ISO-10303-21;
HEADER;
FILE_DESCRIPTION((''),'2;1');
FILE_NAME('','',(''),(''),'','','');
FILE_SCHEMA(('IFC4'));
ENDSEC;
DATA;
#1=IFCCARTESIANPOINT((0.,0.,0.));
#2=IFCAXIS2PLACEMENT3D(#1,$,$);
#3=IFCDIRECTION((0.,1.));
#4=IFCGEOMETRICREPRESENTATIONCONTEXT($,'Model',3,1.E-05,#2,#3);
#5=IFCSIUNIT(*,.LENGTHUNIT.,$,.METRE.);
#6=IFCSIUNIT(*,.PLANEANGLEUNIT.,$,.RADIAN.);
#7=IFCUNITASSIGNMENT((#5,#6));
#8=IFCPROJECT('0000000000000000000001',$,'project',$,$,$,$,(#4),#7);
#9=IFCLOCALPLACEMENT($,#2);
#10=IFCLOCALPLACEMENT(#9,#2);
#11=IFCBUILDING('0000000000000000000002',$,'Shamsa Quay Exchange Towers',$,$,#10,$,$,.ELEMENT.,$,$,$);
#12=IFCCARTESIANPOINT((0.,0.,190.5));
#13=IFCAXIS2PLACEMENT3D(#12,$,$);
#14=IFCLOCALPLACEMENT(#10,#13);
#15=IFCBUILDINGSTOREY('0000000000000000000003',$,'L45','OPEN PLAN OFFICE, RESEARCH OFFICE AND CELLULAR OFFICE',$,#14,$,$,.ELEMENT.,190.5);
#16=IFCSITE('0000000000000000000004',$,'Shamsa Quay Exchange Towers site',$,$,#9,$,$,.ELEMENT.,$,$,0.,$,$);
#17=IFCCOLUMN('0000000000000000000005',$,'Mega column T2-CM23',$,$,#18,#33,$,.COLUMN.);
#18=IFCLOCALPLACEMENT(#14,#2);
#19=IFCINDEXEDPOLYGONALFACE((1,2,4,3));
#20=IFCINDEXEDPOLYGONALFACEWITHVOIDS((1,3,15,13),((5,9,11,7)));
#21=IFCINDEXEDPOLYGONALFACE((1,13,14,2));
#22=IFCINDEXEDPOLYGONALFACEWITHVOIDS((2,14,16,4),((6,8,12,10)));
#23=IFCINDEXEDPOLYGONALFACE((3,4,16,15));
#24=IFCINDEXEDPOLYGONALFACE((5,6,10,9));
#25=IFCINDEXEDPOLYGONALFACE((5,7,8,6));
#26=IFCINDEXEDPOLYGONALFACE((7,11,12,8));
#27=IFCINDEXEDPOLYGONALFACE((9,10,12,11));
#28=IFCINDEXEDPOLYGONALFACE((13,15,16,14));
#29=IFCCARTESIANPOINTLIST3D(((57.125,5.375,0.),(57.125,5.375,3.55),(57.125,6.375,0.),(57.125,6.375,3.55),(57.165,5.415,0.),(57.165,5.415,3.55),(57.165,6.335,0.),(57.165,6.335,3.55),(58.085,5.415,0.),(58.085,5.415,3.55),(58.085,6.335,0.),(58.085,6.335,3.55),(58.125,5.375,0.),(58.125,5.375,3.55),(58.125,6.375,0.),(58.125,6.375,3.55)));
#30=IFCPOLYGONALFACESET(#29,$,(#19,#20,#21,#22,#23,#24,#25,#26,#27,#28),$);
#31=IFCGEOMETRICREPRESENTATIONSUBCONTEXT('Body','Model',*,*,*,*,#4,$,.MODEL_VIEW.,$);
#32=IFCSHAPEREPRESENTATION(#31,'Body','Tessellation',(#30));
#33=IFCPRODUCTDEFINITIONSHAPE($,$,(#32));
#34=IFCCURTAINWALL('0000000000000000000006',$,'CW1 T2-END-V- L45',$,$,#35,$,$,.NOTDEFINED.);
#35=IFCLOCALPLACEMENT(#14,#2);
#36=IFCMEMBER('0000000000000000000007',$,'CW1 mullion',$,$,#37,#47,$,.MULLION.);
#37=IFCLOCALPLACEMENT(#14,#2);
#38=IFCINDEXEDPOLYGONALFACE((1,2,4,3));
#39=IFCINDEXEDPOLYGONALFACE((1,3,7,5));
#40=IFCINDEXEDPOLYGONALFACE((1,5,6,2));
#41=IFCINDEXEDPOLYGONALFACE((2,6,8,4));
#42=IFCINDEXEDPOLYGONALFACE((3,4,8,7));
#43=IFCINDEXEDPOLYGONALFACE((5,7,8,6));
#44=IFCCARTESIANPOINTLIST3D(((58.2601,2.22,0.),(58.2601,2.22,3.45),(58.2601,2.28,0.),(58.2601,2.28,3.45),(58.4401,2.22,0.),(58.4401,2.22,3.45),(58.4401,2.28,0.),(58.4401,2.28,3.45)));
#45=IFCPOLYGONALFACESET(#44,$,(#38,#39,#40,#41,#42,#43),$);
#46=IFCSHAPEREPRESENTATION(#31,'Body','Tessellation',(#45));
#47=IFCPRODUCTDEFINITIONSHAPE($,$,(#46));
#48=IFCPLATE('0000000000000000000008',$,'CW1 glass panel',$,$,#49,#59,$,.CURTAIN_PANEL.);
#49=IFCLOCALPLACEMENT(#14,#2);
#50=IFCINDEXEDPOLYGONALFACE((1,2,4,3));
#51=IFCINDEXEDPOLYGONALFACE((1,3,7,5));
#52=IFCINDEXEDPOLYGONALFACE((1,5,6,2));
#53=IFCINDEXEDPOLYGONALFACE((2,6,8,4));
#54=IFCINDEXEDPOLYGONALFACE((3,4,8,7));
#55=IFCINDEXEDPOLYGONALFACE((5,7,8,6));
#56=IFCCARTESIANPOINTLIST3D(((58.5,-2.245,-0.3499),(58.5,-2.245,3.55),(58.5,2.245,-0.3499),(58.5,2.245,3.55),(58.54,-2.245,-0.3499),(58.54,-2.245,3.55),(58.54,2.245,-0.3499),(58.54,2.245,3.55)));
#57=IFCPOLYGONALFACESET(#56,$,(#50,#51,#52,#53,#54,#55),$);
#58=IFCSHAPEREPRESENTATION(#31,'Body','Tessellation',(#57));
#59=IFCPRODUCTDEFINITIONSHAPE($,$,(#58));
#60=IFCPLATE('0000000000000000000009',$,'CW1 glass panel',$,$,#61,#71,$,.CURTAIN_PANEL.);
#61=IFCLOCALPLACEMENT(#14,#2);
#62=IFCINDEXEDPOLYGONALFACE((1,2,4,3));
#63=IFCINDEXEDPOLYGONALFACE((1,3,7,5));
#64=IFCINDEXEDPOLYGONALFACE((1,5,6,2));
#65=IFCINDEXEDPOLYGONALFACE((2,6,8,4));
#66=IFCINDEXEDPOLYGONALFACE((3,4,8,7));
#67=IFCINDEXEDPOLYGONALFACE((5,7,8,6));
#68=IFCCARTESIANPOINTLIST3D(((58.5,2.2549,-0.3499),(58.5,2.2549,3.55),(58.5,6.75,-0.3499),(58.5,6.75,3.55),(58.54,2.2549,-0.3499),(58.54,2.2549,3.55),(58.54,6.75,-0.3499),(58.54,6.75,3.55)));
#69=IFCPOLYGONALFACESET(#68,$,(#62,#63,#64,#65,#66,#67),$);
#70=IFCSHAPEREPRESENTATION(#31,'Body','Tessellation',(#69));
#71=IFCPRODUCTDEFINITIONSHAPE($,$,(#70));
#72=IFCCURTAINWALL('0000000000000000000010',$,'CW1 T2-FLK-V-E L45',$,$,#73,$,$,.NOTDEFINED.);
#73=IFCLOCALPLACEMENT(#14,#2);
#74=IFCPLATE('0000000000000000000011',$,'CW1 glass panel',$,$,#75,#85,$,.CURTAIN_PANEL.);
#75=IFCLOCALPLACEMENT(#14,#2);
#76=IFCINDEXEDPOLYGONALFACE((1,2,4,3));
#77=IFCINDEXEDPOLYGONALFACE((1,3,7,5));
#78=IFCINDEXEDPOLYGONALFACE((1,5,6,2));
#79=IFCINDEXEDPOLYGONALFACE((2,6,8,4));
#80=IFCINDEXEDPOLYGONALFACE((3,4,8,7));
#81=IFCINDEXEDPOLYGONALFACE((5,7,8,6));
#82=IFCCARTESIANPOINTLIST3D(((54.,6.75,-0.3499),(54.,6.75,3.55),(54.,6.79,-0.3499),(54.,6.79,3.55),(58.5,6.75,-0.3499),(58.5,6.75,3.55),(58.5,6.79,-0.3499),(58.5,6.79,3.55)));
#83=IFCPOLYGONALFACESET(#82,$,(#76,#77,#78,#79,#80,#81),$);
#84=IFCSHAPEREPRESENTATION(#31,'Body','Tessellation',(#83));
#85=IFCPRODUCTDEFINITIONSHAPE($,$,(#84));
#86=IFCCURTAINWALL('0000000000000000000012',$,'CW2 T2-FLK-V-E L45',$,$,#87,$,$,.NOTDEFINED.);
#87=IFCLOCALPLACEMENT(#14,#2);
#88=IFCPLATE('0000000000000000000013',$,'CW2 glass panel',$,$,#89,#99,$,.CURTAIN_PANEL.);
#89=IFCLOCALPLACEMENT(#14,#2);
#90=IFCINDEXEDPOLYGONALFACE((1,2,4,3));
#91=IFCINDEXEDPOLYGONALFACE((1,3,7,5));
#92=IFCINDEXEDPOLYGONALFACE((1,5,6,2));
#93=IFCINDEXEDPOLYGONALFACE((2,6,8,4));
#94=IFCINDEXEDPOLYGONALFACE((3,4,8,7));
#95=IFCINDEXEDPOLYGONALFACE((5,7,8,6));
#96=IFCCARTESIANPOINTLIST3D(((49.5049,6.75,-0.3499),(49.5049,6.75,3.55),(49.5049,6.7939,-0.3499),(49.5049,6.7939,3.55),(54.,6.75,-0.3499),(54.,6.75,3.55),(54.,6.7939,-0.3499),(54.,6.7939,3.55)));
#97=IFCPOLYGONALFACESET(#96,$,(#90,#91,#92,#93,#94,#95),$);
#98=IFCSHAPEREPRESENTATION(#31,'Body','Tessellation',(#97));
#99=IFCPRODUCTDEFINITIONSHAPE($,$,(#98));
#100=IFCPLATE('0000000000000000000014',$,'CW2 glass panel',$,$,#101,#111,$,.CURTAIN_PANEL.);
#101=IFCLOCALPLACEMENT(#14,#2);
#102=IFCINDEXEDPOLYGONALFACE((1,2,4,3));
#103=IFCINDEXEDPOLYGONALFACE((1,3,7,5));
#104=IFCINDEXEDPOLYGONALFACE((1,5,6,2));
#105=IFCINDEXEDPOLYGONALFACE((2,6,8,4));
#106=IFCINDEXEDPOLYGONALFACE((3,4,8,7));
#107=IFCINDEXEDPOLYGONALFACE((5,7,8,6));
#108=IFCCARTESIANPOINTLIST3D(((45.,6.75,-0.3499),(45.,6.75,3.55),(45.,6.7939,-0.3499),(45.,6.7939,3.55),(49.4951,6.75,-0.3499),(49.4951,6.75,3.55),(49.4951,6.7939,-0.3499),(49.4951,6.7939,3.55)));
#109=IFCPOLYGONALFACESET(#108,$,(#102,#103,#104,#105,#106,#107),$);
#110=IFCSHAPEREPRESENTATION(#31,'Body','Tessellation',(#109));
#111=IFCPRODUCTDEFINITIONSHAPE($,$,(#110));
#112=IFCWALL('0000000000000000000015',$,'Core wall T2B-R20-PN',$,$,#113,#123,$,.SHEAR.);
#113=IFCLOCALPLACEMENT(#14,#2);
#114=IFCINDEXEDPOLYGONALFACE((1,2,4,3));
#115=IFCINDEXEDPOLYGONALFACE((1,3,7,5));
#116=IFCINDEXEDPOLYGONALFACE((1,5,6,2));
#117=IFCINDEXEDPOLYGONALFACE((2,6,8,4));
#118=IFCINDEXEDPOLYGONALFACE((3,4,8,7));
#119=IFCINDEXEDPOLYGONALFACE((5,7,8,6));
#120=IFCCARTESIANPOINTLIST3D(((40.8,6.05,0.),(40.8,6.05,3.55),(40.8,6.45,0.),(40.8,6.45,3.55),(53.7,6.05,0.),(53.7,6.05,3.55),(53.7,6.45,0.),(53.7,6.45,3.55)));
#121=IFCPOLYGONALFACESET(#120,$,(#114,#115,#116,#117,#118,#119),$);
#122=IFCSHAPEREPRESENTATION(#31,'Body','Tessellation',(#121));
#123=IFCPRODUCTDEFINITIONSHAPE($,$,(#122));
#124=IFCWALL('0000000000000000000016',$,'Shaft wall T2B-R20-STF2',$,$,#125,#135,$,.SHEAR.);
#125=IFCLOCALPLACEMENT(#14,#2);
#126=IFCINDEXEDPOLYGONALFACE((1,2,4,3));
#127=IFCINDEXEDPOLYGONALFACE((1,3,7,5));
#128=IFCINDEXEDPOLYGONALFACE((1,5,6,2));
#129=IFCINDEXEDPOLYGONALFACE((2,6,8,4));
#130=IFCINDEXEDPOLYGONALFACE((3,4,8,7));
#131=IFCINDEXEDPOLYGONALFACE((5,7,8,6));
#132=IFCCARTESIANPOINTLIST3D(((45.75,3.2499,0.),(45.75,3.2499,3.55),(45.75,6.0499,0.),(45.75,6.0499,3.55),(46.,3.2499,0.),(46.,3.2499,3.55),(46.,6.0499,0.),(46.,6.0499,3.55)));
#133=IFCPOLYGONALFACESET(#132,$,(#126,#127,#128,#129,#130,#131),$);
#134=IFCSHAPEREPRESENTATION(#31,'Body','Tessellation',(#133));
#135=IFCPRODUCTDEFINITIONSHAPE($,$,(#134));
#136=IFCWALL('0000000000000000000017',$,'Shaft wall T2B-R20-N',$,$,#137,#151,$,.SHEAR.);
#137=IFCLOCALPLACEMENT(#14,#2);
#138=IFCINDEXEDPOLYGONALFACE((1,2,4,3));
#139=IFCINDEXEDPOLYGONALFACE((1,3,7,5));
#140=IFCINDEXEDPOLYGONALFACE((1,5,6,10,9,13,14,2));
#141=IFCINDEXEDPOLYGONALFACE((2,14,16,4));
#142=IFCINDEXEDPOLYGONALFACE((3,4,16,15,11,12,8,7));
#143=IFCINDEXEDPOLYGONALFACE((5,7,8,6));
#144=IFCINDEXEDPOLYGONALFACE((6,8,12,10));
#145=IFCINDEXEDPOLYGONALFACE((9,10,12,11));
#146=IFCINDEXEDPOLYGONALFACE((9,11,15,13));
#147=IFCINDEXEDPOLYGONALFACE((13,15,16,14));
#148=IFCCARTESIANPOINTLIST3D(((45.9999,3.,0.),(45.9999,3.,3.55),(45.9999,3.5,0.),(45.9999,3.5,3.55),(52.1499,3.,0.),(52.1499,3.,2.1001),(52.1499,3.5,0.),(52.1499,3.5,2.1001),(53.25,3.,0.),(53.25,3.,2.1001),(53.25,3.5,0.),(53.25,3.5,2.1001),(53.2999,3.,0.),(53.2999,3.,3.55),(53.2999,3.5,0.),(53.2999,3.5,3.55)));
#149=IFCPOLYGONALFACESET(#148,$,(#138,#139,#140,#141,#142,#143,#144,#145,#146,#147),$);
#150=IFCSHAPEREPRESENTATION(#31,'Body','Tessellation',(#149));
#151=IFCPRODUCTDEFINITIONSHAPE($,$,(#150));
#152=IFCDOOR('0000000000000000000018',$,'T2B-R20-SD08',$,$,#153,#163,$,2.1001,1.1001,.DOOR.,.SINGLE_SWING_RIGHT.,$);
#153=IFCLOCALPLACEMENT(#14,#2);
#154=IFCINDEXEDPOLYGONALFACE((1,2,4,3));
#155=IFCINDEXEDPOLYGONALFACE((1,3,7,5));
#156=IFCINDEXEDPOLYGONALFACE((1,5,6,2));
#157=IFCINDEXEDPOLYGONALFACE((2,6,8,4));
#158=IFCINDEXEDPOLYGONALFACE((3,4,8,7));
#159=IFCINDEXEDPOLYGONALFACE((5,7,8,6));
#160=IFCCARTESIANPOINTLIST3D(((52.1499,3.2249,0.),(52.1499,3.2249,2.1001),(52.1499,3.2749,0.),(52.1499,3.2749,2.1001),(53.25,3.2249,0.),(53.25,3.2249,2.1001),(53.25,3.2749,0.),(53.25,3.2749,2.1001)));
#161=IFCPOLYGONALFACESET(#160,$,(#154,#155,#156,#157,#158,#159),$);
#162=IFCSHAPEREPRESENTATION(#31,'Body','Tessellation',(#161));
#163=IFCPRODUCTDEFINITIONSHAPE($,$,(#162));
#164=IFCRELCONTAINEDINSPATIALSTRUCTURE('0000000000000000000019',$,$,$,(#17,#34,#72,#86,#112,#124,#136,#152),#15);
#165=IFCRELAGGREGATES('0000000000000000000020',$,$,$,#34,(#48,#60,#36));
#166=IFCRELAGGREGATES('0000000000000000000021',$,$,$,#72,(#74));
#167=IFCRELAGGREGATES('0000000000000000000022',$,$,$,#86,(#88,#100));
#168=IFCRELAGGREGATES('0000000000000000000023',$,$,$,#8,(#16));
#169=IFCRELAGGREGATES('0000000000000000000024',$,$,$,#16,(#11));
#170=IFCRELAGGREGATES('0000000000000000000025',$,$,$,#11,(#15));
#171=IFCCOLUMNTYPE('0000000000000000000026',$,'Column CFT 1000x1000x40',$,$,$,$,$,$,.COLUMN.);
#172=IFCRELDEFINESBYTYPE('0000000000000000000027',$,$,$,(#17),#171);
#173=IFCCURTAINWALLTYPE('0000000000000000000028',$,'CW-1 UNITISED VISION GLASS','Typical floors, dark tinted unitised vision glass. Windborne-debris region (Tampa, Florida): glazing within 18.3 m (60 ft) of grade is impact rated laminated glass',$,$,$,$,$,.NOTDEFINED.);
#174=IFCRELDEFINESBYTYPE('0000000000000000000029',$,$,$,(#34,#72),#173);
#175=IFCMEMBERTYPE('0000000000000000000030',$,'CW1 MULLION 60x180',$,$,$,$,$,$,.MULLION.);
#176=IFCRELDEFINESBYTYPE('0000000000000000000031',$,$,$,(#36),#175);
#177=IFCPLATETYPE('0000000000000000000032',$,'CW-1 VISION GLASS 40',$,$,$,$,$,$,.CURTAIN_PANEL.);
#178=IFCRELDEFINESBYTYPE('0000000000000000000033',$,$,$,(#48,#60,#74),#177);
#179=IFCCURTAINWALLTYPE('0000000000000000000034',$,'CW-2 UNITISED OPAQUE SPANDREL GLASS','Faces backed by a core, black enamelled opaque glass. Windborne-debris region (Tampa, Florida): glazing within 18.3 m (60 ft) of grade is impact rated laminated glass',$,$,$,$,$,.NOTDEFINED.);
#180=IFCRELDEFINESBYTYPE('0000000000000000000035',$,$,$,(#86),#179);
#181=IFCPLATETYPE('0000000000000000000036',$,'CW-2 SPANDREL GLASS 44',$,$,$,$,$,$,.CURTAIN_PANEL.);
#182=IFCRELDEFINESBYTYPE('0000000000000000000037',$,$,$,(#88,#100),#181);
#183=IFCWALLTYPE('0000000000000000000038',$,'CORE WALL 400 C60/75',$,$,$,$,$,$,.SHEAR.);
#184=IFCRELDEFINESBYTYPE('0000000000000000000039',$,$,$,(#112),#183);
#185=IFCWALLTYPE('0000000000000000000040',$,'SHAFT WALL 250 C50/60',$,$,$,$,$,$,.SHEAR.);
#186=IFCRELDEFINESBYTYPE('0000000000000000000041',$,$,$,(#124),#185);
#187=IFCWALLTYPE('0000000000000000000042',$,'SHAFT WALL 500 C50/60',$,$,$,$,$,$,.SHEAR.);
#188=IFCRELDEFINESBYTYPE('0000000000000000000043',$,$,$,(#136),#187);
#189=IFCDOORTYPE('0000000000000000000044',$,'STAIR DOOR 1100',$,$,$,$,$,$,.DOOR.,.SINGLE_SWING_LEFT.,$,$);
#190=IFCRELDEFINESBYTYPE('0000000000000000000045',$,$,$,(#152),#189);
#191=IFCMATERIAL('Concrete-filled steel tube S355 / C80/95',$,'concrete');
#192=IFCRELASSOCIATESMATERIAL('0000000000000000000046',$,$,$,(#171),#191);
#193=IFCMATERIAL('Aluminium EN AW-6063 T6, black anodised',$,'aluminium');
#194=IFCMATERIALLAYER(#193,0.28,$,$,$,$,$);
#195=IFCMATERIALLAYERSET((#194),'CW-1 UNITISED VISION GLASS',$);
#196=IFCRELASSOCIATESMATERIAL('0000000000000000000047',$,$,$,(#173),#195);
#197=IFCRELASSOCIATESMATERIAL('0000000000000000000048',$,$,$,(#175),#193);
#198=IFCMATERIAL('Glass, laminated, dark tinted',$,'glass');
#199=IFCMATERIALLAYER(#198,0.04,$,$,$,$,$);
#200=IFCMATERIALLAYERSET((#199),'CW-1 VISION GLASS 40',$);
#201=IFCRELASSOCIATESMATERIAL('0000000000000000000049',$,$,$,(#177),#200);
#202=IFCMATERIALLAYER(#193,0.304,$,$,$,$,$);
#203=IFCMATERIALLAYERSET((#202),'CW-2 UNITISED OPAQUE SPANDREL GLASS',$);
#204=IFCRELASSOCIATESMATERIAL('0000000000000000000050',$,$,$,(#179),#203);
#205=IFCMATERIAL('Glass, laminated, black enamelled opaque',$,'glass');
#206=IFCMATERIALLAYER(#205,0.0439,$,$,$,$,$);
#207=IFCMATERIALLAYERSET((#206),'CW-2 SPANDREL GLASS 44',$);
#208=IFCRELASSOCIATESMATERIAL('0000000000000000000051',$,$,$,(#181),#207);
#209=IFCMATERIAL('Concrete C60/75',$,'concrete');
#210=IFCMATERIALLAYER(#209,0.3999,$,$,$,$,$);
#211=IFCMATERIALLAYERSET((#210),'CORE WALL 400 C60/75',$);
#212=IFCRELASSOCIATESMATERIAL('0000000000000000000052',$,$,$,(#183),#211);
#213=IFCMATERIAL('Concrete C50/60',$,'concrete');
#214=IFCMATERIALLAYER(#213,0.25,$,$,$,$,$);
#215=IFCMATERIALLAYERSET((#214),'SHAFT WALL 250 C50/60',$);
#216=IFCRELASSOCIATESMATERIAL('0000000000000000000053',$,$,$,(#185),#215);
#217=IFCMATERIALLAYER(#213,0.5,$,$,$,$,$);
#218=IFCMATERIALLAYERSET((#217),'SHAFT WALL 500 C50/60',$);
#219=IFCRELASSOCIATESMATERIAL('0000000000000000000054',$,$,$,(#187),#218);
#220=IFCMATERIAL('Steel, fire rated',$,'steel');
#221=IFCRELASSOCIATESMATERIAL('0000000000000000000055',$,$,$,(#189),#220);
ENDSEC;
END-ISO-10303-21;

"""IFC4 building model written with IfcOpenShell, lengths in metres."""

from ifc_helpers import new_model, si_unit, direction, frame, frame_2d, origin, origin_2d, place, context, subcontext, project, spatial, rectangle, hollow_rectangle, extrude, material, layer, layer_set, material_profile, profile_set, type_object, element, fill, aggregate, save


model = new_model("IFC4")

# Units and contexts
model_context = context("Model", 3, precision=1e-05, world=origin(), true_north=direction((0.0, 1.0)))
body_context = subcontext(model_context, "Body", "Model", "MODEL_VIEW")
ifc_project = project(units=[si_unit("LENGTHUNIT", "METRE"), si_unit("PLANEANGLEUNIT", "RADIAN")], contexts=[model_context])

# Site, building, storey
site_placement = place(None, origin())
site = spatial("IfcSite", under=ifc_project, at=site_placement, Name="Shamsa Quay Exchange Towers site", CompositionType="ELEMENT", RefElevation=0.0)
building_placement = place(site_placement, origin())
building = spatial("IfcBuilding", under=site, at=building_placement, Name="Shamsa Quay Exchange Towers", CompositionType="ELEMENT")
storey_placement = place(building_placement, frame((0.0, 0.0, 190.5)))
storey = spatial("IfcBuildingStorey", under=building, at=storey_placement, Name="L45", Description="OPEN PLAN OFFICE, RESEARCH OFFICE AND CELLULAR OFFICE", CompositionType="ELEMENT", Elevation=190.5)

# Column
ifc_material_1 = material(Name="Concrete-filled steel tube S355 / C80/95", Category="concrete")
ifc_material_profile_1 = material_profile(ifc_material_1, hollow_rectangle(XDim=1.0, YDim=1.0, WallThickness=0.04, at=origin_2d()), Name="CFT 1000x1000x40")
ifc_profile_set_1 = profile_set([ifc_material_profile_1], Name="Concrete-filled steel tube S355 / C80/95")
column_type = type_object("IfcColumnType", Name="Column CFT 1000x1000x40", PredefinedType="COLUMN", material=ifc_profile_set_1)
column_placement = place(storey_placement, frame((57.625, 5.875, 0.0)))
element("IfcColumn", 1, at=column_placement, inside=storey, type_object=column_type, Name="Mega column T2-CM23", PredefinedType="COLUMN", context=body_context, shape_type="SweptSolid", body=[
    extrude(hollow_rectangle(XDim=1.0, YDim=1.0, WallThickness=0.04, at=origin_2d()), origin(), (0.0, 0.0, 1.0), 3.55),
])

# Curtain wall, member, plates
ifc_material_2 = material(Name="Aluminium EN AW-6063 T6, black anodised", Category="aluminium")
ifc_layer_1 = layer(ifc_material_2, 0.28)
ifc_layer_set_1 = layer_set([ifc_layer_1], Name="CW-1 UNITISED VISION GLASS")
curtain_wall_type_1 = type_object("IfcCurtainWallType", Name="CW-1 UNITISED VISION GLASS", Description="Typical floors, dark tinted unitised vision glass. Windborne-debris region (Tampa, Florida): glazing within 18.3 m (60 ft) of grade is impact rated laminated glass", PredefinedType="NOTDEFINED", material=ifc_layer_set_1)
curtain_wall_1_placement = place(storey_placement, origin())
curtain_wall_1 = element("IfcCurtainWall", 2, at=curtain_wall_1_placement, inside=storey, type_object=curtain_wall_type_1, Name="CW1 T2-END-V- L45", PredefinedType="NOTDEFINED")
ifc_material_profile_2 = material_profile(ifc_material_2, rectangle(XDim=0.1799, YDim=0.0601, at=origin_2d()), Name="MU60x180")
ifc_profile_set_2 = profile_set([ifc_material_profile_2], Name="Aluminium EN AW-6063 T6, black anodised")
member_type = type_object("IfcMemberType", Name="CW1 MULLION 60x180", PredefinedType="MULLION", material=ifc_profile_set_2)
member_placement = place(storey_placement, frame((58.3501, 2.25, 0.0), z_axis=(0.0, 0.0, 1.0), x_axis=(-1.0, 0.0, 0.0)))
member = element("IfcMember", 3, at=member_placement, type_object=member_type, Name="CW1 mullion", PredefinedType="MULLION", context=body_context, shape_type="SweptSolid", body=[
    extrude(rectangle(XDim=0.1799, YDim=0.0601, at=origin_2d()), origin(), (0.0, 0.0, 1.0), 3.45),
])
ifc_material_3 = material(Name="Glass, laminated, dark tinted", Category="glass")
ifc_layer_2 = layer(ifc_material_3, 0.04)
ifc_layer_set_2 = layer_set([ifc_layer_2], Name="CW-1 VISION GLASS 40")
plate_type_1 = type_object("IfcPlateType", Name="CW-1 VISION GLASS 40", PredefinedType="CURTAIN_PANEL", material=ifc_layer_set_2)
plate_1_placement = place(storey_placement, frame((58.52, 0.0, -0.3499), z_axis=(0.0, 0.0, 1.0), x_axis=(0.0, 1.0, 0.0)))
plate_1 = element("IfcPlate", 4, at=plate_1_placement, type_object=plate_type_1, Name="CW1 glass panel", PredefinedType="CURTAIN_PANEL", context=body_context, shape_type="SweptSolid", body=[
    extrude(rectangle(XDim=4.49, YDim=0.04, at=origin_2d()), origin(), (0.0, 0.0, 1.0), 3.8999),
])
plate_2_placement = place(storey_placement, frame((58.52, 4.5024, -0.3499), z_axis=(0.0, 0.0, 1.0), x_axis=(0.0, 1.0, 0.0)))
plate_2 = element("IfcPlate", 5, at=plate_2_placement, type_object=plate_type_1, Name="CW1 glass panel", PredefinedType="CURTAIN_PANEL", context=body_context, shape_type="SweptSolid", body=[
    extrude(rectangle(XDim=4.4951, YDim=0.04, at=origin_2d()), origin(), (0.0, 0.0, 1.0), 3.8999),
])
aggregate(curtain_wall_1, [plate_1, plate_2, member])

# Curtain wall, plate
curtain_wall_2_placement = place(storey_placement, origin())
curtain_wall_2 = element("IfcCurtainWall", 6, at=curtain_wall_2_placement, inside=storey, type_object=curtain_wall_type_1, Name="CW1 T2-FLK-V-E L45", PredefinedType="NOTDEFINED")
plate_3_placement = place(storey_placement, frame((56.25, 6.77, -0.3499), z_axis=(0.0, 0.0, 1.0), x_axis=(-1.0, 0.0, 0.0)))
plate_3 = element("IfcPlate", 7, at=plate_3_placement, type_object=plate_type_1, Name="CW1 glass panel", PredefinedType="CURTAIN_PANEL", context=body_context, shape_type="SweptSolid", body=[
    extrude(rectangle(XDim=4.5, YDim=0.04, at=origin_2d()), origin(), (0.0, 0.0, 1.0), 3.8999),
])
aggregate(curtain_wall_2, [plate_3])

# Curtain wall, plates
ifc_layer_3 = layer(ifc_material_2, 0.304)
ifc_layer_set_3 = layer_set([ifc_layer_3], Name="CW-2 UNITISED OPAQUE SPANDREL GLASS")
curtain_wall_type_2 = type_object("IfcCurtainWallType", Name="CW-2 UNITISED OPAQUE SPANDREL GLASS", Description="Faces backed by a core, black enamelled opaque glass. Windborne-debris region (Tampa, Florida): glazing within 18.3 m (60 ft) of grade is impact rated laminated glass", PredefinedType="NOTDEFINED", material=ifc_layer_set_3)
curtain_wall_3_placement = place(storey_placement, origin())
curtain_wall_3 = element("IfcCurtainWall", 8, at=curtain_wall_3_placement, inside=storey, type_object=curtain_wall_type_2, Name="CW2 T2-FLK-V-E L45", PredefinedType="NOTDEFINED")
ifc_material_4 = material(Name="Glass, laminated, black enamelled opaque", Category="glass")
ifc_layer_4 = layer(ifc_material_4, 0.0439)
ifc_layer_set_4 = layer_set([ifc_layer_4], Name="CW-2 SPANDREL GLASS 44")
plate_type_2 = type_object("IfcPlateType", Name="CW-2 SPANDREL GLASS 44", PredefinedType="CURTAIN_PANEL", material=ifc_layer_set_4)
plate_4_placement = place(storey_placement, frame((51.7524, 6.772, -0.3499), z_axis=(0.0, 0.0, 1.0), x_axis=(-1.0, 0.0, 0.0)))
plate_4 = element("IfcPlate", 9, at=plate_4_placement, type_object=plate_type_2, Name="CW2 glass panel", PredefinedType="CURTAIN_PANEL", context=body_context, shape_type="SweptSolid", body=[
    extrude(rectangle(XDim=4.4951, YDim=0.0439, at=origin_2d()), origin(), (0.0, 0.0, 1.0), 3.8999),
])
plate_5_placement = place(storey_placement, frame((47.2476, 6.772, -0.3499), z_axis=(0.0, 0.0, 1.0), x_axis=(-1.0, 0.0, 0.0)))
plate_5 = element("IfcPlate", 10, at=plate_5_placement, type_object=plate_type_2, Name="CW2 glass panel", PredefinedType="CURTAIN_PANEL", context=body_context, shape_type="SweptSolid", body=[
    extrude(rectangle(XDim=4.4951, YDim=0.0439, at=origin_2d()), origin(), (0.0, 0.0, 1.0), 3.8999),
])
aggregate(curtain_wall_3, [plate_4, plate_5])

# Walls
ifc_material_5 = material(Name="Concrete C60/75", Category="concrete")
ifc_layer_5 = layer(ifc_material_5, 0.3999)
ifc_layer_set_5 = layer_set([ifc_layer_5], Name="CORE WALL 400 C60/75")
wall_type_1 = type_object("IfcWallType", Name="CORE WALL 400 C60/75", PredefinedType="SHEAR", material=ifc_layer_set_5)
wall_1_placement = place(storey_placement, frame((53.7, 6.25, 0.0), z_axis=(0.0, 0.0, 1.0), x_axis=(-1.0, 0.0, 0.0)))
element("IfcWall", 11, at=wall_1_placement, inside=storey, type_object=wall_type_1, Name="Core wall T2B-R20-PN", PredefinedType="SHEAR", context=body_context, shape_type="SweptSolid", body=[
    extrude(rectangle(XDim=12.8999, YDim=0.3999, at=frame_2d((6.45, 0.0))), origin(), (0.0, 0.0, 1.0), 3.55),
])
ifc_material_6 = material(Name="Concrete C50/60", Category="concrete")
ifc_layer_6 = layer(ifc_material_6, 0.25)
ifc_layer_set_6 = layer_set([ifc_layer_6], Name="SHAFT WALL 250 C50/60")
wall_type_2 = type_object("IfcWallType", Name="SHAFT WALL 250 C50/60", PredefinedType="SHEAR", material=ifc_layer_set_6)
wall_2_placement = place(storey_placement, frame((45.875, 3.25, 0.0), z_axis=(0.0, 0.0, 1.0), x_axis=(0.0, 1.0, 0.0)))
element("IfcWall", 12, at=wall_2_placement, inside=storey, type_object=wall_type_2, Name="Shaft wall T2B-R20-STF2", PredefinedType="SHEAR", context=body_context, shape_type="SweptSolid", body=[
    extrude(rectangle(XDim=2.8, YDim=0.25, at=frame_2d((1.3999, 0.0))), origin(), (0.0, 0.0, 1.0), 3.55),
])

# Wall, opening, door
ifc_layer_7 = layer(ifc_material_6, 0.5)
ifc_layer_set_7 = layer_set([ifc_layer_7], Name="SHAFT WALL 500 C50/60")
wall_type_3 = type_object("IfcWallType", Name="SHAFT WALL 500 C50/60", PredefinedType="SHEAR", material=ifc_layer_set_7)
wall_3_placement = place(storey_placement, frame((46.0, 3.25, 0.0)))
wall_3 = element("IfcWall", 13, at=wall_3_placement, inside=storey, type_object=wall_type_3, Name="Shaft wall T2B-R20-N", PredefinedType="SHEAR", context=body_context, shape_type="SweptSolid", body=[
    extrude(rectangle(XDim=7.3, YDim=0.5, at=frame_2d((3.6499, 0.0))), origin(), (0.0, 0.0, 1.0), 3.55),
])
opening_1_placement = place(wall_3_placement, frame((6.1499, 0.0, 0.0)))
opening_1 = element("IfcOpeningElement", 14, at=opening_1_placement, cuts=wall_3, PredefinedType="OPENING", context=body_context, shape_type="SweptSolid", body=[
    extrude(rectangle(XDim=1.1001, YDim=2.1001, at=frame_2d((0.55, 1.05))), frame((0.0, 0.26, 0.0), z_axis=(0.0, -1.0, 0.0), x_axis=(1.0, 0.0, 0.0)), (0.0, 0.0, 1.0), 0.52),
])
ifc_material_7 = material(Name="Steel, fire rated", Category="steel")
door_type_1 = type_object("IfcDoorType", Name="STAIR DOOR 1100", OperationType="SINGLE_SWING_LEFT", PredefinedType="DOOR", material=ifc_material_7)
door_1_placement = place(opening_1_placement, origin())
door_1 = element("IfcDoor", 15, at=door_1_placement, inside=storey, type_object=door_type_1, Name="T2B-R20-SD08", OperationType="SINGLE_SWING_RIGHT", OverallHeight=2.1001, OverallWidth=1.1001, PredefinedType="DOOR", context=body_context, shape_type="SweptSolid", body=[
    extrude(rectangle(XDim=1.1001, YDim=2.1001, at=frame_2d((0.55, 1.05))), frame((0.0, 0.0249, 0.0), z_axis=(0.0, -1.0, 0.0), x_axis=(1.0, 0.0, 0.0)), (0.0, 0.0, 1.0), 0.05),
])
fill(opening_1, door_1)

save(model, "model.ifc")
